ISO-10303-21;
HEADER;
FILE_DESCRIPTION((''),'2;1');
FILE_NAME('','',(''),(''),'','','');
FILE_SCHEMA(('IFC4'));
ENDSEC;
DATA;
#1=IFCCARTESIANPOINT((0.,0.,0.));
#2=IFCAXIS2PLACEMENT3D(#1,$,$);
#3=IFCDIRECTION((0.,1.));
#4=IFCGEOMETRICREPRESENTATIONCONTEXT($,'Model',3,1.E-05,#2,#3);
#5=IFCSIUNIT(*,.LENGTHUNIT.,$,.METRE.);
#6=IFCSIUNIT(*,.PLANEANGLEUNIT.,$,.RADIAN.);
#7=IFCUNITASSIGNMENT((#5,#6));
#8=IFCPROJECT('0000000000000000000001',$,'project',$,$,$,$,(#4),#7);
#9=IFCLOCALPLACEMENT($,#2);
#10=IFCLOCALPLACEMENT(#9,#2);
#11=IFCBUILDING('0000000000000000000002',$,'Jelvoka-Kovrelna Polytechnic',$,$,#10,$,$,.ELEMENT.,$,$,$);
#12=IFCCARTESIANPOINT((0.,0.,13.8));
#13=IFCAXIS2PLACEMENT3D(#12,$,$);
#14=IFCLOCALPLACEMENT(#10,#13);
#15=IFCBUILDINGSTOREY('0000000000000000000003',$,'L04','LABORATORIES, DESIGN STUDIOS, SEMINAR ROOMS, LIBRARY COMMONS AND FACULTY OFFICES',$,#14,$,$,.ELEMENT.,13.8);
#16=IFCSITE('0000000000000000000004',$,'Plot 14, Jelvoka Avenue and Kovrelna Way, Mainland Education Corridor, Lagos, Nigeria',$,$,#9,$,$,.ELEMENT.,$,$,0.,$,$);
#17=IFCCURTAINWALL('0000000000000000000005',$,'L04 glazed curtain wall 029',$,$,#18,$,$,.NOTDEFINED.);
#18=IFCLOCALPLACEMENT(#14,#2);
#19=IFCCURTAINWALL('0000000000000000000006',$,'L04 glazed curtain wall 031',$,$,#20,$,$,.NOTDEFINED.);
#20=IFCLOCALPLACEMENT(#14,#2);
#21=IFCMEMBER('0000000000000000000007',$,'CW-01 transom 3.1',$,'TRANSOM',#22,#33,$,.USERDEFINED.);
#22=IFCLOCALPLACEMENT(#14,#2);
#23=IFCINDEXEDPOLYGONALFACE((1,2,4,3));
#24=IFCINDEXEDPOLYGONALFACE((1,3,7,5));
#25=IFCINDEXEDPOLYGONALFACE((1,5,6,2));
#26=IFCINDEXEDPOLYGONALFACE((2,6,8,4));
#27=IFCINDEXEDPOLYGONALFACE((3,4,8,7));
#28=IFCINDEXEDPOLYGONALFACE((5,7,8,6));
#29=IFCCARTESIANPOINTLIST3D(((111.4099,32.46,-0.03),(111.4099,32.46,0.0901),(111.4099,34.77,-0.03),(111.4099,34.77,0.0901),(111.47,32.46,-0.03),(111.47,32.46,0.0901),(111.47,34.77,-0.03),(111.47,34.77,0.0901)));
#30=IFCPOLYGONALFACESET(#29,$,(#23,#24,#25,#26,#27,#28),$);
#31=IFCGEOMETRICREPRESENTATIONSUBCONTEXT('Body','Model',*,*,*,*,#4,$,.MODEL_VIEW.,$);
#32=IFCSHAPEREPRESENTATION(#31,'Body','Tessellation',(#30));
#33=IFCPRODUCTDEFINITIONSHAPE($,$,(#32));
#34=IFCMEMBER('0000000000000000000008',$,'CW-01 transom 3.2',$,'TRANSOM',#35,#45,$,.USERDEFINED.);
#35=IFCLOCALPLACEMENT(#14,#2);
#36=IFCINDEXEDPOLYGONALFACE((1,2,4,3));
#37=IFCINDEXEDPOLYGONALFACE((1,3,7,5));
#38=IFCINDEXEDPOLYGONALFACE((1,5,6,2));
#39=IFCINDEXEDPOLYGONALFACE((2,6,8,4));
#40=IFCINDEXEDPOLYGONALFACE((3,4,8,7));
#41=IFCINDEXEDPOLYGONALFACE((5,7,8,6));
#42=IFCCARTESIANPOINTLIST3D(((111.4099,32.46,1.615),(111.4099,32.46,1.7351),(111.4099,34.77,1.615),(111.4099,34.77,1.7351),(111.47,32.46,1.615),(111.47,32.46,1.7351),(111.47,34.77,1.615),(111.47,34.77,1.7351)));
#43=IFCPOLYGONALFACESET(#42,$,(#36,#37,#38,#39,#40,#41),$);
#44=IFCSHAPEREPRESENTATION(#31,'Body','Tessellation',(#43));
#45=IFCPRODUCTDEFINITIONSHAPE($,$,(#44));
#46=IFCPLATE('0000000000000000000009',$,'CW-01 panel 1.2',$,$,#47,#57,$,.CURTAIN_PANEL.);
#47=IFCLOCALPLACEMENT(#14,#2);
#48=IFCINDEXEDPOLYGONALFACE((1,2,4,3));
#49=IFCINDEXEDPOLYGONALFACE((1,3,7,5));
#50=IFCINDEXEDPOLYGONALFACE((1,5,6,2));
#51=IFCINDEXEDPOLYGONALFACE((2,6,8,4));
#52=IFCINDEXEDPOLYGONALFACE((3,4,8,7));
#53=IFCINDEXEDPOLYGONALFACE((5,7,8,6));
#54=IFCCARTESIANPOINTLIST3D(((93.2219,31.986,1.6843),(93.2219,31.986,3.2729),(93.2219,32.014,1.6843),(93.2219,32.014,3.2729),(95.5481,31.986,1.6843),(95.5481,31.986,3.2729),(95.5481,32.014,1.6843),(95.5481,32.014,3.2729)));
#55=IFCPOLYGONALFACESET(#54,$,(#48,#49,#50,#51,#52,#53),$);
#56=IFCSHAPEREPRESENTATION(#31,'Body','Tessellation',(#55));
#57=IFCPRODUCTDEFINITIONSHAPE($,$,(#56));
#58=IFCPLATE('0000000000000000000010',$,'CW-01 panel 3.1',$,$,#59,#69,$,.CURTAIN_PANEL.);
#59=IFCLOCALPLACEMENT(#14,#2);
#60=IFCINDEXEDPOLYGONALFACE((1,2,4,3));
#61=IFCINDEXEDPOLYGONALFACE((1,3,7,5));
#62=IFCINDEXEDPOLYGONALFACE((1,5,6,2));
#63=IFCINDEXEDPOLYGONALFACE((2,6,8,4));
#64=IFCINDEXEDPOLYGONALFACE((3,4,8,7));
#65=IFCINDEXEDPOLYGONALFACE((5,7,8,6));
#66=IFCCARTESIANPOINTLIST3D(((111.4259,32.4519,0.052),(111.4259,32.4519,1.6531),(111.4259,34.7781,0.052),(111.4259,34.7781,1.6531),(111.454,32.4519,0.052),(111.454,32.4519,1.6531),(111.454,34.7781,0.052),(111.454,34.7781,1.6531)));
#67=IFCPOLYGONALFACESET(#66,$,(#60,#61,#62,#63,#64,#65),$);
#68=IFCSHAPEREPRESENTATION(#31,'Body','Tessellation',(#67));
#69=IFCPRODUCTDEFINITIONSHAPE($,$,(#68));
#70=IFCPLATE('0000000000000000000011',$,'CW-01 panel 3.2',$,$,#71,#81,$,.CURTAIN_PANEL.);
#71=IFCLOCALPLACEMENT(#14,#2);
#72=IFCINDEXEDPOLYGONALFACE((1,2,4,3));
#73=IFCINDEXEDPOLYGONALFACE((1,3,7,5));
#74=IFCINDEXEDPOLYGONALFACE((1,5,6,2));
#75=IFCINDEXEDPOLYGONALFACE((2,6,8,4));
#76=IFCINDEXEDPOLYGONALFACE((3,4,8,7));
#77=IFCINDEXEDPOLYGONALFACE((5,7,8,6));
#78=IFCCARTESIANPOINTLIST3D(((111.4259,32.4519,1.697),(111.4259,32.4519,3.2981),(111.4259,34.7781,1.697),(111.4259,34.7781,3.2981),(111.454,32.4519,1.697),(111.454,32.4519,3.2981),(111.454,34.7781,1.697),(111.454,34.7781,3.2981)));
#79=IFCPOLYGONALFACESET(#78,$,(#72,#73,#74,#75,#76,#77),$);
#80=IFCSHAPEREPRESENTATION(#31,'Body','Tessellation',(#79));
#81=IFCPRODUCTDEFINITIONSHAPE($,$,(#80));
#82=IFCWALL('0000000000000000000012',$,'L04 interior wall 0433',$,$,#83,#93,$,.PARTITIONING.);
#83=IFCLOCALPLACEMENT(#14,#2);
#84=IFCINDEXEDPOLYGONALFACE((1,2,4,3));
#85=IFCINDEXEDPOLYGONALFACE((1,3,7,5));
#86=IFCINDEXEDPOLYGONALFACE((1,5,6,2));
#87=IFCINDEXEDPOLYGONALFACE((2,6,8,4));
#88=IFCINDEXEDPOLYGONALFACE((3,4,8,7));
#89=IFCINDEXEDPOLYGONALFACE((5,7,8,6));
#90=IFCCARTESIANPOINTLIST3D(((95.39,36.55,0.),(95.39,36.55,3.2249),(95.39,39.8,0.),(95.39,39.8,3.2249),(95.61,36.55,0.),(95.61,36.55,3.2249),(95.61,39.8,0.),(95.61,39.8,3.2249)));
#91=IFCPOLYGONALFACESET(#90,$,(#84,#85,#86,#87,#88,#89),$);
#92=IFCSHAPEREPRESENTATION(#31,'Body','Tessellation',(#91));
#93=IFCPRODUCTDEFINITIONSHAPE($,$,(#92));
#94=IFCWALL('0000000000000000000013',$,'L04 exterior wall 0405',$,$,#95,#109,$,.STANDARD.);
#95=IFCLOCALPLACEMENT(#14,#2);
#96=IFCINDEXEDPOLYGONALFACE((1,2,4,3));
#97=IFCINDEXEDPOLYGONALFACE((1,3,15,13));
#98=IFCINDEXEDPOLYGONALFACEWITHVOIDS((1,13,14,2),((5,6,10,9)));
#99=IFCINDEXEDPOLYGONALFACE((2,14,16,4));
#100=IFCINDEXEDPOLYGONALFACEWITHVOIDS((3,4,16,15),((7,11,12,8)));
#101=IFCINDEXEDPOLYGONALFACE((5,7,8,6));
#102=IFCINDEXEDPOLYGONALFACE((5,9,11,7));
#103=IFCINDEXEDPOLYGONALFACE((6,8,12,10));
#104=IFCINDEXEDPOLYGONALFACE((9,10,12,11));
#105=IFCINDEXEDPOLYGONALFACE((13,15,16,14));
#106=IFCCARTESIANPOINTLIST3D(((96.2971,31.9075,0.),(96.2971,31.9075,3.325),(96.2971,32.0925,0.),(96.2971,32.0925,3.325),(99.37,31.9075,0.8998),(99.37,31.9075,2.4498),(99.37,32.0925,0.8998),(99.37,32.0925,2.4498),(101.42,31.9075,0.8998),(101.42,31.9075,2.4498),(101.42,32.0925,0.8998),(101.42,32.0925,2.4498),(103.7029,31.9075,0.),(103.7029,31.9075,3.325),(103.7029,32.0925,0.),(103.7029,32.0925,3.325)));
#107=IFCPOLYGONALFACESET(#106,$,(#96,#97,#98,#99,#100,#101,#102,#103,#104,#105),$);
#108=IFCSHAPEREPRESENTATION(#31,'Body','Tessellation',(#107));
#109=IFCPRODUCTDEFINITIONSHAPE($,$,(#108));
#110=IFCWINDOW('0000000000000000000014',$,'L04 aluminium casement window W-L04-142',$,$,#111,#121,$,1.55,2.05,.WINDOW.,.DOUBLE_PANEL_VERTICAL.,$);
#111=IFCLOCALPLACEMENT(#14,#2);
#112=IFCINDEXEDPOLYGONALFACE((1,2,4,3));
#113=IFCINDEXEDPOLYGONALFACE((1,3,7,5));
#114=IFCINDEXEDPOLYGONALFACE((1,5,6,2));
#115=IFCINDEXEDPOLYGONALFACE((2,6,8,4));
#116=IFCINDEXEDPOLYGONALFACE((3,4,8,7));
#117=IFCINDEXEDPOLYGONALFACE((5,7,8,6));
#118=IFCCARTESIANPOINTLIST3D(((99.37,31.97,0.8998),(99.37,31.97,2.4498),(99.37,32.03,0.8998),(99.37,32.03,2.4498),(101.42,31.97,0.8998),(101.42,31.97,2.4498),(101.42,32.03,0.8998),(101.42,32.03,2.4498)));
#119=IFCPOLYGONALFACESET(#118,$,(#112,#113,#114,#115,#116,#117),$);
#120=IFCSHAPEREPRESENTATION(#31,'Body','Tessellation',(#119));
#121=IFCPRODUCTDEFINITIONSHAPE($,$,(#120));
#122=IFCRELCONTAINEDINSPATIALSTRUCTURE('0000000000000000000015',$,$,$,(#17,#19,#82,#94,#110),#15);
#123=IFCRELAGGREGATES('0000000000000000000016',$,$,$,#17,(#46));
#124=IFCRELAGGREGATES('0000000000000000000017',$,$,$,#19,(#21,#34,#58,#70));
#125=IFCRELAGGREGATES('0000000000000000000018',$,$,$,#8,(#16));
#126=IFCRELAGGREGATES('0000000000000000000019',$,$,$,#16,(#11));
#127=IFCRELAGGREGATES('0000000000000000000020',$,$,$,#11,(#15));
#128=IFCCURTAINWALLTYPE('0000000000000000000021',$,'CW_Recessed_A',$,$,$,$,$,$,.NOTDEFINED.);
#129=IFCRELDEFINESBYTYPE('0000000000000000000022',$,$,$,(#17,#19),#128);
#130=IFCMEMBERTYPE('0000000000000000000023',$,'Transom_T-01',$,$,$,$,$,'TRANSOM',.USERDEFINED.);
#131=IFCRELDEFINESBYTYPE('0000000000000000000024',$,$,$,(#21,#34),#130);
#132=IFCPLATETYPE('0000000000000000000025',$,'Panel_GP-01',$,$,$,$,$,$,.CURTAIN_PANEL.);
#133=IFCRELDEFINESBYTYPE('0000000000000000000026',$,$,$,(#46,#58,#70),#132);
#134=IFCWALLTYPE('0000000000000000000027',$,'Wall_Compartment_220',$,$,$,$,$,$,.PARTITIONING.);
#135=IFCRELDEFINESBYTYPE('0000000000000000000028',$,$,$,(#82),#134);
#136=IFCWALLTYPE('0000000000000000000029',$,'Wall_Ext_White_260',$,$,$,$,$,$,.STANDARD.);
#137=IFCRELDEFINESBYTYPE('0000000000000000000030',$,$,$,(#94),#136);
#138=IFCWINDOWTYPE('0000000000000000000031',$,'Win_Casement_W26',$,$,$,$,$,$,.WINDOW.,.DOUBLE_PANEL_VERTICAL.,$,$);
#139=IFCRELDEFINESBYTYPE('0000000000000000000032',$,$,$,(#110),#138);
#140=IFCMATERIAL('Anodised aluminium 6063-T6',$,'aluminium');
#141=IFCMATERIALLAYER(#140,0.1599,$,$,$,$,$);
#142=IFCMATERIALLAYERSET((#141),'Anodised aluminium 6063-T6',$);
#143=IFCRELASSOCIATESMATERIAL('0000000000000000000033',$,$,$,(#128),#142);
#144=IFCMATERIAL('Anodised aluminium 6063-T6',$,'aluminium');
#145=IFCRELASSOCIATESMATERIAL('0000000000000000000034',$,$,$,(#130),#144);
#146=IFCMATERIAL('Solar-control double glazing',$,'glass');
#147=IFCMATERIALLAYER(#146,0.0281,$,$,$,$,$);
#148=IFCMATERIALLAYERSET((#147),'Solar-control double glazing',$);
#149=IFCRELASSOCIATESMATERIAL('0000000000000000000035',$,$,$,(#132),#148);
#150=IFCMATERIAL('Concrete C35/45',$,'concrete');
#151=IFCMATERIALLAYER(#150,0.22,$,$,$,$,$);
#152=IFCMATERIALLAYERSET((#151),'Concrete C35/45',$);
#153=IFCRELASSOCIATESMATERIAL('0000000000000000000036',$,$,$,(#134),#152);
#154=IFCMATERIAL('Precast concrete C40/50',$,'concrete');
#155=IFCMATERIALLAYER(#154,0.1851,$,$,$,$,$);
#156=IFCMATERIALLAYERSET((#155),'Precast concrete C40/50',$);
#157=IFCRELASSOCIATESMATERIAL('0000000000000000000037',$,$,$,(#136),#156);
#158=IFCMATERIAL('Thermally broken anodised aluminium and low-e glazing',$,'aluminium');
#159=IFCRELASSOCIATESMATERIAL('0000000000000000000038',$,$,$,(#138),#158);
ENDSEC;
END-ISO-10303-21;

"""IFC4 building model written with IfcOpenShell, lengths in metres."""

from ifc_helpers import new_model, si_unit, direction, frame, frame_2d, origin, origin_2d, place, context, subcontext, project, spatial, rectangle, extrude, material, layer, layer_set, material_profile, profile_set, type_object, element, fill, aggregate, save


model = new_model("IFC4")

# Units and contexts
model_context = context("Model", 3, precision=1e-05, world=origin(), true_north=direction((0.0, 1.0)))
body_context = subcontext(model_context, "Body", "Model", "MODEL_VIEW")
ifc_project = project(units=[si_unit("LENGTHUNIT", "METRE"), si_unit("PLANEANGLEUNIT", "RADIAN")], contexts=[model_context])

# Site, building, storey
site_placement = place(None, origin())
site = spatial("IfcSite", under=ifc_project, at=site_placement, Name="Plot 14, Jelvoka Avenue and Kovrelna Way, Mainland Education Corridor, Lagos, Nigeria", CompositionType="ELEMENT", RefElevation=0.0)
building_placement = place(site_placement, origin())
building = spatial("IfcBuilding", under=site, at=building_placement, Name="Jelvoka-Kovrelna Polytechnic", CompositionType="ELEMENT")
storey_placement = place(building_placement, frame((0.0, 0.0, 13.8)))
storey = spatial("IfcBuildingStorey", under=building, at=storey_placement, Name="L04", Description="LABORATORIES, DESIGN STUDIOS, SEMINAR ROOMS, LIBRARY COMMONS AND FACULTY OFFICES", CompositionType="ELEMENT", Elevation=13.8)

# Curtain walls
ifc_material_1 = material(Name="Anodised aluminium 6063-T6", Category="aluminium")
ifc_layer_1 = layer(ifc_material_1, 0.1599)
ifc_layer_set_1 = layer_set([ifc_layer_1], Name="Anodised aluminium 6063-T6")
curtain_wall_type = type_object("IfcCurtainWallType", Name="CW_Recessed_A", PredefinedType="NOTDEFINED", material=ifc_layer_set_1)
curtain_wall_1_placement = place(storey_placement, origin())
curtain_wall_1 = element("IfcCurtainWall", 1, at=curtain_wall_1_placement, inside=storey, type_object=curtain_wall_type, Name="L04 glazed curtain wall 029", PredefinedType="NOTDEFINED")
curtain_wall_2_placement = place(storey_placement, origin())
curtain_wall_2 = element("IfcCurtainWall", 2, at=curtain_wall_2_placement, inside=storey, type_object=curtain_wall_type, Name="L04 glazed curtain wall 031", PredefinedType="NOTDEFINED")

# Members
ifc_material_2 = material(Name="Anodised aluminium 6063-T6", Category="aluminium")
ifc_material_profile_1 = material_profile(ifc_material_2, rectangle(XDim=0.0601, YDim=0.1201, at=origin_2d()), Name="ALU 60x120")
ifc_profile_set_1 = profile_set([ifc_material_profile_1], Name="Anodised aluminium 6063-T6")
member_type_1 = type_object("IfcMemberType", Name="Transom_T-01", ElementType="TRANSOM", PredefinedType="USERDEFINED", material=ifc_profile_set_1)
member_1_placement = place(storey_placement, frame((111.4399, 34.77, 0.03), z_axis=(0.0, -1.0, 0.0), x_axis=(1.0, 0.0, 0.0)))
member_1 = element("IfcMember", 3, at=member_1_placement, type_object=member_type_1, Name="CW-01 transom 3.1", ObjectType="TRANSOM", PredefinedType="USERDEFINED", context=body_context, shape_type="SweptSolid", body=[
    extrude(rectangle(XDim=0.0601, YDim=0.1201, at=origin_2d()), origin(), (0.0, 0.0, 1.0), 2.3101),
])
member_2_placement = place(storey_placement, frame((111.4399, 34.77, 1.675), z_axis=(0.0, -1.0, 0.0), x_axis=(1.0, 0.0, 0.0)))
member_2 = element("IfcMember", 4, at=member_2_placement, type_object=member_type_1, Name="CW-01 transom 3.2", ObjectType="TRANSOM", PredefinedType="USERDEFINED", context=body_context, shape_type="SweptSolid", body=[
    extrude(rectangle(XDim=0.0601, YDim=0.1201, at=origin_2d()), origin(), (0.0, 0.0, 1.0), 2.3101),
])

# Plates
ifc_material_3 = material(Name="Solar-control double glazing", Category="glass")
ifc_layer_2 = layer(ifc_material_3, 0.0281)
ifc_layer_set_2 = layer_set([ifc_layer_2], Name="Solar-control double glazing")
plate_type = type_object("IfcPlateType", Name="Panel_GP-01", PredefinedType="CURTAIN_PANEL", material=ifc_layer_set_2)
plate_1_placement = place(storey_placement, frame((94.385, 32.0, 1.6843), z_axis=(0.0, 0.0, 1.0), x_axis=(-1.0, 0.0, 0.0)))
plate_1 = element("IfcPlate", 5, at=plate_1_placement, type_object=plate_type, Name="CW-01 panel 1.2", PredefinedType="CURTAIN_PANEL", context=body_context, shape_type="SweptSolid", body=[
    extrude(rectangle(XDim=2.3262, YDim=0.0281, at=origin_2d()), origin(), (0.0, 0.0, 1.0), 1.5886),
])
aggregate(curtain_wall_1, [plate_1])
plate_2_placement = place(storey_placement, frame((111.4399, 33.615, 0.052), z_axis=(0.0, 0.0, 1.0), x_axis=(0.0, -1.0, 0.0)))
plate_2 = element("IfcPlate", 6, at=plate_2_placement, type_object=plate_type, Name="CW-01 panel 3.1", PredefinedType="CURTAIN_PANEL", context=body_context, shape_type="SweptSolid", body=[
    extrude(rectangle(XDim=2.3262, YDim=0.0281, at=origin_2d()), origin(), (0.0, 0.0, 1.0), 1.6011),
])
plate_3_placement = place(storey_placement, frame((111.4399, 33.615, 1.697), z_axis=(0.0, 0.0, 1.0), x_axis=(0.0, -1.0, 0.0)))
plate_3 = element("IfcPlate", 7, at=plate_3_placement, type_object=plate_type, Name="CW-01 panel 3.2", PredefinedType="CURTAIN_PANEL", context=body_context, shape_type="SweptSolid", body=[
    extrude(rectangle(XDim=2.3262, YDim=0.0281, at=origin_2d()), origin(), (0.0, 0.0, 1.0), 1.6011),
])
aggregate(curtain_wall_2, [member_1, member_2, plate_2, plate_3])

# Wall
ifc_material_4 = material(Name="Concrete C35/45", Category="concrete")
ifc_layer_3 = layer(ifc_material_4, 0.22)
ifc_layer_set_3 = layer_set([ifc_layer_3], Name="Concrete C35/45")
wall_type_1 = type_object("IfcWallType", Name="Wall_Compartment_220", PredefinedType="PARTITIONING", material=ifc_layer_set_3)
wall_1_placement = place(storey_placement, frame((95.5, 36.55, 0.0), z_axis=(0.0, 0.0, 1.0), x_axis=(0.0, 1.0, 0.0)))
element("IfcWall", 8, at=wall_1_placement, inside=storey, type_object=wall_type_1, Name="L04 interior wall 0433", PredefinedType="PARTITIONING", context=body_context, shape_type="SweptSolid", body=[
    extrude(rectangle(XDim=3.25, YDim=0.22, at=frame_2d((1.625, 0.0))), origin(), (0.0, 0.0, 1.0), 3.2249),
])

# Wall, opening, window
ifc_material_5 = material(Name="Precast concrete C40/50", Category="concrete")
ifc_layer_4 = layer(ifc_material_5, 0.1851)
ifc_layer_set_4 = layer_set([ifc_layer_4], Name="Precast concrete C40/50")
wall_type_2 = type_object("IfcWallType", Name="Wall_Ext_White_260", PredefinedType="STANDARD", material=ifc_layer_set_4)
wall_2_placement = place(storey_placement, frame((103.7029, 32.0, 0.0), z_axis=(0.0, 0.0, 1.0), x_axis=(-1.0, 0.0, 0.0)))
wall_2 = element("IfcWall", 9, at=wall_2_placement, inside=storey, type_object=wall_type_2, Name="L04 exterior wall 0405", PredefinedType="STANDARD", context=body_context, shape_type="SweptSolid", body=[
    extrude(rectangle(XDim=7.4058, YDim=0.1851, at=frame_2d((3.7029, 0.0))), origin(), (0.0, 0.0, 1.0), 3.325),
])
opening_placement = place(wall_2_placement, frame((2.283, 0.0, 0.8999)))
opening = element("IfcOpeningElement", 10, at=opening_placement, cuts=wall_2, PredefinedType="OPENING", context=body_context, shape_type="SweptSolid", body=[
    extrude(rectangle(XDim=2.05, YDim=1.55, at=frame_2d((1.0249, 0.7749))), frame((0.0, 0.1025, 0.0), z_axis=(0.0, -1.0, 0.0), x_axis=(1.0, 0.0, 0.0)), (0.0, 0.0, 1.0), 0.2051),
])
ifc_material_6 = material(Name="Thermally broken anodised aluminium and low-e glazing", Category="aluminium")
window_type = type_object("IfcWindowType", Name="Win_Casement_W26", PartitioningType="DOUBLE_PANEL_VERTICAL", PredefinedType="WINDOW", material=ifc_material_6)
window_placement = place(opening_placement, origin())
window = element("IfcWindow", 11, at=window_placement, inside=storey, type_object=window_type, Name="L04 aluminium casement window W-L04-142", OverallHeight=1.55, OverallWidth=2.05, PartitioningType="DOUBLE_PANEL_VERTICAL", PredefinedType="WINDOW", context=body_context, shape_type="SweptSolid", body=[
    extrude(rectangle(XDim=2.05, YDim=1.55, at=frame_2d((1.0249, 0.7749))), frame((0.0, 0.03, 0.0), z_axis=(0.0, -1.0, 0.0), x_axis=(1.0, 0.0, 0.0)), (0.0, 0.0, 1.0), 0.0601),
])
fill(opening, window)

save(model, "model.ifc")
